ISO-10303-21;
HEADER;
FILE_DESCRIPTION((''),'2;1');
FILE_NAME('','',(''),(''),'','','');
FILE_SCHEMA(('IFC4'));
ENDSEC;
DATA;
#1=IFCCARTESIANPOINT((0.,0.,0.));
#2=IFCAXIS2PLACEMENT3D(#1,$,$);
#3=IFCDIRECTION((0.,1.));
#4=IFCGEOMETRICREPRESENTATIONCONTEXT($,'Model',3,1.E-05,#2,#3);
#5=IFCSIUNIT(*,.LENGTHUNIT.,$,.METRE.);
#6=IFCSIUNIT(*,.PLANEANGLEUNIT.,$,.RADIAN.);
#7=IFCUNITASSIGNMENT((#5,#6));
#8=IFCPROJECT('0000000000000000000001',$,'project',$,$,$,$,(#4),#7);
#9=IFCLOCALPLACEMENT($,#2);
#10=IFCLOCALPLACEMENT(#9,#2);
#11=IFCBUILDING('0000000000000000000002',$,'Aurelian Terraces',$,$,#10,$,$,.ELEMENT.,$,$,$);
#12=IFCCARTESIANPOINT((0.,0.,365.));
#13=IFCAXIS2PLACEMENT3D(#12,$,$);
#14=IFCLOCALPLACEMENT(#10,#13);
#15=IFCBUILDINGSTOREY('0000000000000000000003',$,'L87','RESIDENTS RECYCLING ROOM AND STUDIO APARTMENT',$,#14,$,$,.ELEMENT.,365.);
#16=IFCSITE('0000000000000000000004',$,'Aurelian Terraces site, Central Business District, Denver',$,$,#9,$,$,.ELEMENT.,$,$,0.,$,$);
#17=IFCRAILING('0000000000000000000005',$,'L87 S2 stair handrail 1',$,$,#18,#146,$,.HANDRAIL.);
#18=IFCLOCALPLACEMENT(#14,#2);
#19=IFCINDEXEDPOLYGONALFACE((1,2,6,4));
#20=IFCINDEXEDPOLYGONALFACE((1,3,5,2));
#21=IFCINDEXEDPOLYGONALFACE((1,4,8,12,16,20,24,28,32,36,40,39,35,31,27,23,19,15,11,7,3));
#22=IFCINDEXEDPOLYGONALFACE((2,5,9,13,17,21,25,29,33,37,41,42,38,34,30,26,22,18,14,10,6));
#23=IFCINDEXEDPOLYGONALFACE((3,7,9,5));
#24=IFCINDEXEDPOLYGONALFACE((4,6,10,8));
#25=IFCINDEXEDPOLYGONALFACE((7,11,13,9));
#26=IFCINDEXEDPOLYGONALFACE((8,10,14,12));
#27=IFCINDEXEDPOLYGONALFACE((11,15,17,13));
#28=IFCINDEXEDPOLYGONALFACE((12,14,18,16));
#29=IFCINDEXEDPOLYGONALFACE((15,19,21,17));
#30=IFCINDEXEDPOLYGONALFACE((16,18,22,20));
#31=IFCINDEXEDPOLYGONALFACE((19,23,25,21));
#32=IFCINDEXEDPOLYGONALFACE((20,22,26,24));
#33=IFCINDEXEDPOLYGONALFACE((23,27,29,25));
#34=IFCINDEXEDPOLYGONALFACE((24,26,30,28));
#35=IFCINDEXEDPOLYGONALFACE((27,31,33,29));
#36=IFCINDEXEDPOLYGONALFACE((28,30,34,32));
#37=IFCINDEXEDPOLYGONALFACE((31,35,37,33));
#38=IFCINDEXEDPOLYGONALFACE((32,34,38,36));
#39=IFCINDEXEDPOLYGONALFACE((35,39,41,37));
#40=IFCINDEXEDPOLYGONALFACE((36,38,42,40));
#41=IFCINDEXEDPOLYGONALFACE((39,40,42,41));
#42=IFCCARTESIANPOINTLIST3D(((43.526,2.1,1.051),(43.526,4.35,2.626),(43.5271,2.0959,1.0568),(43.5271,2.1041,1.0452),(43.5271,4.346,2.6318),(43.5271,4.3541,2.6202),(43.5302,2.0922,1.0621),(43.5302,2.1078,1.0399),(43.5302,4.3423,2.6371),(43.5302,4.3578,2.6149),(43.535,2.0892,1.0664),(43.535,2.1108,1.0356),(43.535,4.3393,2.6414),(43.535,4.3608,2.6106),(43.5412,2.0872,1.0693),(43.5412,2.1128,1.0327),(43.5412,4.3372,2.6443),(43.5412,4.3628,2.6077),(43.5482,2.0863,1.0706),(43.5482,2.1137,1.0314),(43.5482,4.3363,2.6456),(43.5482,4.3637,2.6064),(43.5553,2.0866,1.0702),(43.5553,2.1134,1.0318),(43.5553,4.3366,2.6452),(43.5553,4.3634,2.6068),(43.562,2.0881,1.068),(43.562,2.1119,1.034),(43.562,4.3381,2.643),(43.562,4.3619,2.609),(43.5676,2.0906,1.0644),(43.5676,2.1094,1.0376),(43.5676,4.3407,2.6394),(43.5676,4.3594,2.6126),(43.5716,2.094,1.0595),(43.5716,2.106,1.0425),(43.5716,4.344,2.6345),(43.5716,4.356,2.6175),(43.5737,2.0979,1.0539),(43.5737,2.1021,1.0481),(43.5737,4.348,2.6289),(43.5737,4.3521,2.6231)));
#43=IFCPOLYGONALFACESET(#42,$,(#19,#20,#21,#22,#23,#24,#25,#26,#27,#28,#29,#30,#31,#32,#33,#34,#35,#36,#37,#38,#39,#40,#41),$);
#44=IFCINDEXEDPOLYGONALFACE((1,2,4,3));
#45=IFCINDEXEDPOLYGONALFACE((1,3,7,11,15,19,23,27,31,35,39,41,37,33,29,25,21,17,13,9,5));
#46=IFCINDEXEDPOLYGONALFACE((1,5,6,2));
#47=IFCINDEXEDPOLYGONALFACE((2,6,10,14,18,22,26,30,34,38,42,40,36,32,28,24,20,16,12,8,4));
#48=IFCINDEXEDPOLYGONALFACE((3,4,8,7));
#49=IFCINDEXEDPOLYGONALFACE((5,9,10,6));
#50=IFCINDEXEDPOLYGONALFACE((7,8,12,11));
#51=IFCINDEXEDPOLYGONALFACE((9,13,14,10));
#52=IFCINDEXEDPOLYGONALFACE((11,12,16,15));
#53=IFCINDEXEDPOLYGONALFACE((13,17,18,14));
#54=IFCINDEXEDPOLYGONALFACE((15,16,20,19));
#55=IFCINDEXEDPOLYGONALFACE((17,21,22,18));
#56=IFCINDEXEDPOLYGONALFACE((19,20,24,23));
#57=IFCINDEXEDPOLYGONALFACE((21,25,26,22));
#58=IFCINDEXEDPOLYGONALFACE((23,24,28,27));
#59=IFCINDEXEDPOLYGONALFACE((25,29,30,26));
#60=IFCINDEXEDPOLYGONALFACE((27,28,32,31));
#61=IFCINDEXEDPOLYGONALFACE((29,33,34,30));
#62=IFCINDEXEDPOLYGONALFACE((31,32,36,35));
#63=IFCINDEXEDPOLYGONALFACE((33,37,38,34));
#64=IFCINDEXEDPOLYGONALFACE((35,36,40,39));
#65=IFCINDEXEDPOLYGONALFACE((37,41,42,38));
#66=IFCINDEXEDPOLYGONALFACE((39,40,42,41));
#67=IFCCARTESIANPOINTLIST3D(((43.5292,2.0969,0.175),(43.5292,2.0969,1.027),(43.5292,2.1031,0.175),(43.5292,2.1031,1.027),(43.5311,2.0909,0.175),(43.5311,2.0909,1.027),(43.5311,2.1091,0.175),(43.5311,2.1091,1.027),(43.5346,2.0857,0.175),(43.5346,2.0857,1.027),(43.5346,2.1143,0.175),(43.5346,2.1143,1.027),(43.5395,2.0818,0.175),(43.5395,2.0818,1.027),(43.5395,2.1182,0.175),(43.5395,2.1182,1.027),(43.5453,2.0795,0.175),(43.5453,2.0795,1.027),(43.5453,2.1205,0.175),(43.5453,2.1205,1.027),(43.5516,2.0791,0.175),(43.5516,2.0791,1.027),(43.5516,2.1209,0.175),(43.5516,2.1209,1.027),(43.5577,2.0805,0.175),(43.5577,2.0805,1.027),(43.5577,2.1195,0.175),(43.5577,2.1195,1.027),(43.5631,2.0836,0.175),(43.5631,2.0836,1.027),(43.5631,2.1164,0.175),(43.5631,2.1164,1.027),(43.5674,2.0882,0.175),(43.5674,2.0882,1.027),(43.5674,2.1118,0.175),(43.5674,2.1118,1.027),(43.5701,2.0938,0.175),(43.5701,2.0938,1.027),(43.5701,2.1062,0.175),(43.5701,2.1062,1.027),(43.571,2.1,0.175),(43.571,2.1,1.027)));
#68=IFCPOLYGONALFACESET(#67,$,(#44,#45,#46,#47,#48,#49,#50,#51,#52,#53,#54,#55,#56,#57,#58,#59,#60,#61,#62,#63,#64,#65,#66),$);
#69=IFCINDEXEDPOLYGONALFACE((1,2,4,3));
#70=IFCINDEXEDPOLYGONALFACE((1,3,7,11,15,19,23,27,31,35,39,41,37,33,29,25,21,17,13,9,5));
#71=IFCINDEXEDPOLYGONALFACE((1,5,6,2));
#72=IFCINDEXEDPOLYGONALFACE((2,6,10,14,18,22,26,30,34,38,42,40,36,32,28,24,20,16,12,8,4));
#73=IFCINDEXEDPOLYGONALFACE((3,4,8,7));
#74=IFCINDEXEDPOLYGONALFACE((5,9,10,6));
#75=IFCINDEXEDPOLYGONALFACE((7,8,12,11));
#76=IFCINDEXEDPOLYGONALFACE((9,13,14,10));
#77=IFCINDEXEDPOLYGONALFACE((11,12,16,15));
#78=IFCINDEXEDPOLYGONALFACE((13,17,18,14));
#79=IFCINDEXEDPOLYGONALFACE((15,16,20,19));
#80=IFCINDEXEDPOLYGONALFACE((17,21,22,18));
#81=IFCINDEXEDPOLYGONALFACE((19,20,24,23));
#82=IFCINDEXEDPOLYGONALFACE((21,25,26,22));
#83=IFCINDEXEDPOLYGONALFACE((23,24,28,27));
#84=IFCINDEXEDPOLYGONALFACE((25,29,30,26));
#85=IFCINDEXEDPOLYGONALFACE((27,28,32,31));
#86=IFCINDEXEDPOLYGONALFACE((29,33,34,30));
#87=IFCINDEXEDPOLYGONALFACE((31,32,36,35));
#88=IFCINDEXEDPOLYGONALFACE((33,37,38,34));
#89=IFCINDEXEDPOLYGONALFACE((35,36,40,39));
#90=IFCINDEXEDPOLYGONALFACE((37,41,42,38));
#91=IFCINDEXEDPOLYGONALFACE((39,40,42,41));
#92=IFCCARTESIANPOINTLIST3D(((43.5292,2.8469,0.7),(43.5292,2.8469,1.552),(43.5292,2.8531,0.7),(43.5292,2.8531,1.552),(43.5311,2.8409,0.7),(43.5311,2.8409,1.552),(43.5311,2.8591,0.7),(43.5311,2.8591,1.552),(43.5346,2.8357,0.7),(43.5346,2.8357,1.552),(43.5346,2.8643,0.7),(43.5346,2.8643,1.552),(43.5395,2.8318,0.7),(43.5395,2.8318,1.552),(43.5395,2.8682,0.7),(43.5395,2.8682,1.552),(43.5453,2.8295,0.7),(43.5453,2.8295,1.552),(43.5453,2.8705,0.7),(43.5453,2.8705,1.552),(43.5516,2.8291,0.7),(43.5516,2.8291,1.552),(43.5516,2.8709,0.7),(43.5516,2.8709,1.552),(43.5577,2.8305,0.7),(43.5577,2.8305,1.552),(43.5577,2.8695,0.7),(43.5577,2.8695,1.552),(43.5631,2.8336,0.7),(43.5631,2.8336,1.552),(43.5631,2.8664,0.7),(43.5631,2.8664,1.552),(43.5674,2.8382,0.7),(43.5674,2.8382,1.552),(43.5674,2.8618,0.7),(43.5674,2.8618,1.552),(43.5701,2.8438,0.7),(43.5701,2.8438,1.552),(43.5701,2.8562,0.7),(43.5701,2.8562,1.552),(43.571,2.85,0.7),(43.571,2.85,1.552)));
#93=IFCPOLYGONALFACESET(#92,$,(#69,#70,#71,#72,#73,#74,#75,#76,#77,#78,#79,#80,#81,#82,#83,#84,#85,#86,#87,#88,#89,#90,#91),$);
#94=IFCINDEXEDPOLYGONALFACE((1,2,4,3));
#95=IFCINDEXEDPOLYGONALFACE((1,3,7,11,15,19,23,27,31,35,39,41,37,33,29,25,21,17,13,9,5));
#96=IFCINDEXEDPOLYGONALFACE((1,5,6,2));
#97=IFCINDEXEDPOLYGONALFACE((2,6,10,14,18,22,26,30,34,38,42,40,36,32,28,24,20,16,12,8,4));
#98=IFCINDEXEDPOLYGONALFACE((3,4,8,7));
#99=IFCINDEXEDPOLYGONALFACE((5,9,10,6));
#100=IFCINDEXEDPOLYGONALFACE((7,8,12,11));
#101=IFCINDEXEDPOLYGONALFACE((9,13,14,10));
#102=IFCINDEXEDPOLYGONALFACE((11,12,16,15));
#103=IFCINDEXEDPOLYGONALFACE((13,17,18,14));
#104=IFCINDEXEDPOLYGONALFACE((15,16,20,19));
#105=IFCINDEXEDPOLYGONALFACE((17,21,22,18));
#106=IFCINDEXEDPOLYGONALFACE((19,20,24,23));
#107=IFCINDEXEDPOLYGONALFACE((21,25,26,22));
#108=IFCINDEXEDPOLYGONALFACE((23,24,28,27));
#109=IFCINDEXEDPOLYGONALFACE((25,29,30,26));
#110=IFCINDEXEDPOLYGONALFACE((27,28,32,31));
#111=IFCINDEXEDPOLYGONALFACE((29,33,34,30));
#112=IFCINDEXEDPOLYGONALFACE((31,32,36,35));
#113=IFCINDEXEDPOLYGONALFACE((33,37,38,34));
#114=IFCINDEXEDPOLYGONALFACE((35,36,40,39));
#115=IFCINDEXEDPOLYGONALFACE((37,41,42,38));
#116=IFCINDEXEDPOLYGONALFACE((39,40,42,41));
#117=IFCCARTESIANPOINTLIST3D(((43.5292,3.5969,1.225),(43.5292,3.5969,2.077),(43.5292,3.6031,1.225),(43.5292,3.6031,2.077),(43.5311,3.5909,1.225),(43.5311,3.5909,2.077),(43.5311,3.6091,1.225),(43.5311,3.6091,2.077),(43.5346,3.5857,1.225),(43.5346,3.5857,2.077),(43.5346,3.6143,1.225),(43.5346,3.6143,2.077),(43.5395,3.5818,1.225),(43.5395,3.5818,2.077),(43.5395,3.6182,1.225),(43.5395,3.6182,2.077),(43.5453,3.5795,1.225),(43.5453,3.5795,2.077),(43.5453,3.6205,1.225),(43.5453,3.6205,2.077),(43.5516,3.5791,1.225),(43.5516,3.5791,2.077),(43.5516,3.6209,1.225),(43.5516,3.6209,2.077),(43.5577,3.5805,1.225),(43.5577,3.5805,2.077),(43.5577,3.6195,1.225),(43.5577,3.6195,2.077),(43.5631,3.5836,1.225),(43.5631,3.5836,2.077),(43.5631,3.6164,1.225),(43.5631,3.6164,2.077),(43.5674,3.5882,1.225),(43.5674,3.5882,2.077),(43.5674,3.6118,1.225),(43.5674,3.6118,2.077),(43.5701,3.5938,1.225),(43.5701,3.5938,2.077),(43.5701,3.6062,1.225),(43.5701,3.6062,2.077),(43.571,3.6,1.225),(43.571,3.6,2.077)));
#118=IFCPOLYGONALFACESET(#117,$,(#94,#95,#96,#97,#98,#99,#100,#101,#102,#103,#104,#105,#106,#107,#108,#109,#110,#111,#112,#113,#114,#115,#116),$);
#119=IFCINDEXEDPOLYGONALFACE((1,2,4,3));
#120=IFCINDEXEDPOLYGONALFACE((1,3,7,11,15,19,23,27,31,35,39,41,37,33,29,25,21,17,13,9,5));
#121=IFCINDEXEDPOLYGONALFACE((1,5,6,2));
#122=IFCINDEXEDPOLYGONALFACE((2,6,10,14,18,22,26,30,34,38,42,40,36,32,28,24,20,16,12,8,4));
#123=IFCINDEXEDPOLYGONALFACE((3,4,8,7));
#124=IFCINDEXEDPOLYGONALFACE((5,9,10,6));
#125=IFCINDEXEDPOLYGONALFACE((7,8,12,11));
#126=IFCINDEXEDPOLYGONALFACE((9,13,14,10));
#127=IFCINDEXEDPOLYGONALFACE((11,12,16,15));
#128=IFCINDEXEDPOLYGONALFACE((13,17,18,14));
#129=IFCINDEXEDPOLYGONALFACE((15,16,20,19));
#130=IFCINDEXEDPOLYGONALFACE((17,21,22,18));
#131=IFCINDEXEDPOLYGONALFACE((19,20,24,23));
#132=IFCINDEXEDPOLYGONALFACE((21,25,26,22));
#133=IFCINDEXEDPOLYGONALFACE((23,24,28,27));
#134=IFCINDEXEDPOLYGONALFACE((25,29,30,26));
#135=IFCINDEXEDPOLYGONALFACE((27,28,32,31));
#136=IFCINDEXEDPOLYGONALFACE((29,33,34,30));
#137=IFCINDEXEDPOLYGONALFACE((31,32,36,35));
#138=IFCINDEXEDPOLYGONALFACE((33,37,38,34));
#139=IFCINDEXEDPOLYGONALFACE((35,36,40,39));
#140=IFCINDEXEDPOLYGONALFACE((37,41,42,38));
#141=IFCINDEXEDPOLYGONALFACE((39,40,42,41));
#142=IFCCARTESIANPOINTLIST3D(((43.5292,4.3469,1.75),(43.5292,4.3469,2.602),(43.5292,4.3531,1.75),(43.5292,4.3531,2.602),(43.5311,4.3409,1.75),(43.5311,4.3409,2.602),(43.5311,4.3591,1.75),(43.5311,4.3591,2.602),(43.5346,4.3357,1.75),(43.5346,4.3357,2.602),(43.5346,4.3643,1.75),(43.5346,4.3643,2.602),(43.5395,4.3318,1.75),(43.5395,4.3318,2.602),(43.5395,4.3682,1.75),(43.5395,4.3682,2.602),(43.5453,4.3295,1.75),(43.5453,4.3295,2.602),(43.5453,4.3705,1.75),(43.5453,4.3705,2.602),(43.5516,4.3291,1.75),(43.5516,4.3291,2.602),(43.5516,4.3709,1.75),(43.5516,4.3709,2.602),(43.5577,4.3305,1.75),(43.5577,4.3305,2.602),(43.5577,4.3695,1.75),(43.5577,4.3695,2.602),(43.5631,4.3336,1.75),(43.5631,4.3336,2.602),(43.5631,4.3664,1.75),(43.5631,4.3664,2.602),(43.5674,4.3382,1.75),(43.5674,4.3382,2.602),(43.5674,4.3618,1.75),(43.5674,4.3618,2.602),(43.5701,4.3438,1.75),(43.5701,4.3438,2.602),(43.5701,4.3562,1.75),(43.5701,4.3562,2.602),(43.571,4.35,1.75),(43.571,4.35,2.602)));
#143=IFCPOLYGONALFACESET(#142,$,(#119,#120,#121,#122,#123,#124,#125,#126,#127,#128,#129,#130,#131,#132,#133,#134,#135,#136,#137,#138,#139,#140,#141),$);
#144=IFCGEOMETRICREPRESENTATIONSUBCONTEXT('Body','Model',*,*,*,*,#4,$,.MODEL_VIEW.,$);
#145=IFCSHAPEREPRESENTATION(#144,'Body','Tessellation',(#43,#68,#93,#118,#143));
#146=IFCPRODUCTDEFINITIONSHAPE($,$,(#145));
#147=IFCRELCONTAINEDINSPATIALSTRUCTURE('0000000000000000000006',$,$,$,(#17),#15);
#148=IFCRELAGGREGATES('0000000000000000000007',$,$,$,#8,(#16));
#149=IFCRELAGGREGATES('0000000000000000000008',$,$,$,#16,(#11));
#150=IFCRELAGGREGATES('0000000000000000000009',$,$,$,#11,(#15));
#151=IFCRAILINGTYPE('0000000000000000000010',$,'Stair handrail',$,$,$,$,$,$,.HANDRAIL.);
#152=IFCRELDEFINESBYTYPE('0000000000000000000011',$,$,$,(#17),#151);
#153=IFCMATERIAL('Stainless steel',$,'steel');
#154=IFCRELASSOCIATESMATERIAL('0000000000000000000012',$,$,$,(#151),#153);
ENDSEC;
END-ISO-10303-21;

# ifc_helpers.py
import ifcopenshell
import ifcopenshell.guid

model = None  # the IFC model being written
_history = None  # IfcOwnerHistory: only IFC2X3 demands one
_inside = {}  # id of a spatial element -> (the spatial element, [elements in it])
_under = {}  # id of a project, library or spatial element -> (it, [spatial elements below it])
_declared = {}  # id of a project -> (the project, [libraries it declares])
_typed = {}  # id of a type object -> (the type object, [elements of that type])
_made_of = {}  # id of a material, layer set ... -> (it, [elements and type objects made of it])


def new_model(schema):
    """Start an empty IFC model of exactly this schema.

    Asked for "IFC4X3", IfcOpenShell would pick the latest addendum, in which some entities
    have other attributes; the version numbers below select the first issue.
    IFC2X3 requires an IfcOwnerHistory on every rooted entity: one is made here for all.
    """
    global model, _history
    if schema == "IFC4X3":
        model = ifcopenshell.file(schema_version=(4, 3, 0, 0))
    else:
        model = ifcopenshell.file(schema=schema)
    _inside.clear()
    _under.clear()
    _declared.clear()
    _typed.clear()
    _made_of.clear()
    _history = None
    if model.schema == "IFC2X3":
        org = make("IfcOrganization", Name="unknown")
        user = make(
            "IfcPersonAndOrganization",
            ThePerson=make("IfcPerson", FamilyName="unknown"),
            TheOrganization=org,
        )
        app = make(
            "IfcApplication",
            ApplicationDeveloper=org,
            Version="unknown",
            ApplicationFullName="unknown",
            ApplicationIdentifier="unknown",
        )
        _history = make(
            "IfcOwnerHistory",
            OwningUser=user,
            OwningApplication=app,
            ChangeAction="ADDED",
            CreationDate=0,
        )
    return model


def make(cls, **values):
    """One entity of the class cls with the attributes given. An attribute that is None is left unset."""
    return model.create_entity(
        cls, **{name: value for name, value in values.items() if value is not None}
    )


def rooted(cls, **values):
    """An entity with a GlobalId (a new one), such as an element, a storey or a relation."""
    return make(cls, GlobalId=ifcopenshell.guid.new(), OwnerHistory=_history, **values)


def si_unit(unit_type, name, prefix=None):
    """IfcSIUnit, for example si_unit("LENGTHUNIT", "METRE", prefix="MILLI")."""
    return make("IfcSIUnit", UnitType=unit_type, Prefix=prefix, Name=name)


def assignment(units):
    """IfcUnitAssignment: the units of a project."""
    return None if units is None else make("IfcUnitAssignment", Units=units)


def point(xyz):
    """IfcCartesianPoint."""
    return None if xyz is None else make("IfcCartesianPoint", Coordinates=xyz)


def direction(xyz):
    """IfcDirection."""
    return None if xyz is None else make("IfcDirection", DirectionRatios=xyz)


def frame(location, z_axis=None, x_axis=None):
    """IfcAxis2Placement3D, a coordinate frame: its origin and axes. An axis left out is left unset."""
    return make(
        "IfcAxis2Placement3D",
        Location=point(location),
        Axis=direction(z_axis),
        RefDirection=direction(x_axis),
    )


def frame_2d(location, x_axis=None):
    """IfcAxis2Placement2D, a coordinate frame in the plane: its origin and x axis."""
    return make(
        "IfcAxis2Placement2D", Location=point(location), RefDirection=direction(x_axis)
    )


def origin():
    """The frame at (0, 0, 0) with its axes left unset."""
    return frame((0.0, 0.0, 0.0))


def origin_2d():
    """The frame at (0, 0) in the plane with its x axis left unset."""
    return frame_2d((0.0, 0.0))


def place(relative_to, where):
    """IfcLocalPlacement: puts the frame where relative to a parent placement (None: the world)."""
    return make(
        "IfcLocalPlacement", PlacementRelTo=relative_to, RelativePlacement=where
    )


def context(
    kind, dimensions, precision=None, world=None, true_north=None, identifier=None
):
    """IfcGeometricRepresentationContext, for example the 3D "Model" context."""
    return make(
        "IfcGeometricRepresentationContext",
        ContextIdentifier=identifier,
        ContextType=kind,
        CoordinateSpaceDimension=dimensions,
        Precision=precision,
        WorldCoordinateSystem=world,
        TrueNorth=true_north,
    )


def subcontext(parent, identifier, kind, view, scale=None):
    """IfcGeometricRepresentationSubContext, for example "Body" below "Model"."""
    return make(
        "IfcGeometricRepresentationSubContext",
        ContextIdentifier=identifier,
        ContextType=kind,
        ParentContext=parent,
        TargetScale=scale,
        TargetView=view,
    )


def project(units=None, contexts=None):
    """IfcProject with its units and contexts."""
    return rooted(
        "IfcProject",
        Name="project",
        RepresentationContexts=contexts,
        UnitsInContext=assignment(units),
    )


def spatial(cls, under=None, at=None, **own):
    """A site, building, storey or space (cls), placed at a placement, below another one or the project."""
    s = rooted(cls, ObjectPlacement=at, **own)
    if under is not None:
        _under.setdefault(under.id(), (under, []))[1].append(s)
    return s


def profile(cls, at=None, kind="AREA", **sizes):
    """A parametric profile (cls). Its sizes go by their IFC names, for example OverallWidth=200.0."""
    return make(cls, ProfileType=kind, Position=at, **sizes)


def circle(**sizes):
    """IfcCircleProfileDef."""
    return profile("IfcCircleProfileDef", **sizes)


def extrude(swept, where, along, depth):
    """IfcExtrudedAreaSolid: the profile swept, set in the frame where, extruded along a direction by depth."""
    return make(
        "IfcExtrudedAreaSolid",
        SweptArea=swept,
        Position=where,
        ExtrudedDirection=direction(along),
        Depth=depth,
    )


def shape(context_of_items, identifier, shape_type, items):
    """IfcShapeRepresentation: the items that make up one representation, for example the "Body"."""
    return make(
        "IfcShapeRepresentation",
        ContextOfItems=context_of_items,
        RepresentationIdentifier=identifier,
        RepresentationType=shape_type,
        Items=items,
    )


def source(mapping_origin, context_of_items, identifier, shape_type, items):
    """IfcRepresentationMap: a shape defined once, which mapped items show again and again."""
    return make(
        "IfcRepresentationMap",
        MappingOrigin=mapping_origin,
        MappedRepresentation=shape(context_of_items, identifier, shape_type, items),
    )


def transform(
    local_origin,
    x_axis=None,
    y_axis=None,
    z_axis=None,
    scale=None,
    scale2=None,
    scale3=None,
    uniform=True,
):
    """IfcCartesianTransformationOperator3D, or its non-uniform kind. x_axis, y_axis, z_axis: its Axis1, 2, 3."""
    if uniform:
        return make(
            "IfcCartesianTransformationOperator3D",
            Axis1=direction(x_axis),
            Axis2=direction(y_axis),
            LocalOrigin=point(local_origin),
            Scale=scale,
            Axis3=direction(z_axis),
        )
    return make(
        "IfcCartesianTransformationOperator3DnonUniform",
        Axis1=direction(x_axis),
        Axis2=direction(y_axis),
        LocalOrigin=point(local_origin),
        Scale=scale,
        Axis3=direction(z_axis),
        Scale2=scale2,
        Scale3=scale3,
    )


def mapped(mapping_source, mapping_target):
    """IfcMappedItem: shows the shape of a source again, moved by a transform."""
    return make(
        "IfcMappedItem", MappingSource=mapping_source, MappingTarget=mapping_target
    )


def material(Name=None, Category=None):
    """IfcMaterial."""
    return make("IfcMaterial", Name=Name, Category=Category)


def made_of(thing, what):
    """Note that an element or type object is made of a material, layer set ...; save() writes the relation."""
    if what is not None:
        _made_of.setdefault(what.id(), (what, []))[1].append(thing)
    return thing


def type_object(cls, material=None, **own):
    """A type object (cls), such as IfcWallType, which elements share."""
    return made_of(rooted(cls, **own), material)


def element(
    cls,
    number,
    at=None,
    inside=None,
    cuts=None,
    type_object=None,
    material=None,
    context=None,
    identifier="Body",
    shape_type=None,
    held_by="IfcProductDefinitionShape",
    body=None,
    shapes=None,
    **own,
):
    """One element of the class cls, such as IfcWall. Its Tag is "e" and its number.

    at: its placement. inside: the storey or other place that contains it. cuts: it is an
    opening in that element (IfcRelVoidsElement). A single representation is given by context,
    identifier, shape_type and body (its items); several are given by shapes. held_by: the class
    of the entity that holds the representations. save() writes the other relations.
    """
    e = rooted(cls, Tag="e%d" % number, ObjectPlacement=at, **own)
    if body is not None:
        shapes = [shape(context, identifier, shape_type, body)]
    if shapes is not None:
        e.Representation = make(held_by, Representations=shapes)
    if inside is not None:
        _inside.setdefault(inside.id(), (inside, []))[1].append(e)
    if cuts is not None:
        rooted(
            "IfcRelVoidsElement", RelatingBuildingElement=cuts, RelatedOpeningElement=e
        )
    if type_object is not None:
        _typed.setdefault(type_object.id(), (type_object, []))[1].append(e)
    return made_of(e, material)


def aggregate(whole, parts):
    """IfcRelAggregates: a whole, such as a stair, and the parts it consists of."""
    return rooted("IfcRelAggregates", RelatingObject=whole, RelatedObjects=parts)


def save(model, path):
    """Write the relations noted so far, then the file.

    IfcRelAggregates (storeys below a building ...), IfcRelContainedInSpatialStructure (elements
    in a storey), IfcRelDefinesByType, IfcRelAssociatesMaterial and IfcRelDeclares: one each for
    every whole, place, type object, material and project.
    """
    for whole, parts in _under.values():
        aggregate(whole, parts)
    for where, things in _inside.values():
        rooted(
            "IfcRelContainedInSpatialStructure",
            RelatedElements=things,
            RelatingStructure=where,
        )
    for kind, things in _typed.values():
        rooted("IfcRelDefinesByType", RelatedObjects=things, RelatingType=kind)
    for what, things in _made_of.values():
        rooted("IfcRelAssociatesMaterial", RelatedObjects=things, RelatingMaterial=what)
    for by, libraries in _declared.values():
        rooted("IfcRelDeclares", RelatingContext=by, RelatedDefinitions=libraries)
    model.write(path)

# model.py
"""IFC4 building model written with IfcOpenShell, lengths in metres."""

from ifc_helpers import new_model, si_unit, direction, frame, origin, origin_2d, place, context, subcontext, project, spatial, circle, extrude, source, transform, mapped, material, type_object, element, save


model = new_model("IFC4")

# Units and contexts
model_context = context("Model", 3, precision=1e-05, world=origin(), true_north=direction((0.0, 1.0)))
body_context = subcontext(model_context, "Body", "Model", "MODEL_VIEW")
ifc_project = project(units=[si_unit("LENGTHUNIT", "METRE"), si_unit("PLANEANGLEUNIT", "RADIAN")], contexts=[model_context])

# Site, building, storey
site_placement = place(None, origin())
site = spatial("IfcSite", under=ifc_project, at=site_placement, Name="Aurelian Terraces site, Central Business District, Denver", CompositionType="ELEMENT", RefElevation=0.0)
building_placement = place(site_placement, origin())
building = spatial("IfcBuilding", under=site, at=building_placement, Name="Aurelian Terraces", CompositionType="ELEMENT")
storey_placement = place(building_placement, frame((0.0, 0.0, 365.0)))
storey = spatial("IfcBuildingStorey", under=building, at=storey_placement, Name="L87", Description="RESIDENTS RECYCLING ROOM AND STUDIO APARTMENT", CompositionType="ELEMENT", Elevation=365.0)

# Railing
ifc_material_1 = material(Name="Stainless steel", Category="steel")
railing_type_1 = type_object("IfcRailingType", Name="Stair handrail", PredefinedType="HANDRAIL", material=ifc_material_1)
shared_shape_1 = source(origin(), body_context, "Body", "SweptSolid", [
    extrude(circle(Radius=0.024, at=origin_2d()), frame((0.0, 0.0, 0.876), z_axis=(0.0, 0.819232, 0.573462), x_axis=(-1.0, 0.0, 0.0)), (0.0, 0.0, 1.0), 2.7465),
    extrude(circle(Radius=0.021, at=origin_2d()), origin(), (0.0, 0.0, 1.0), 0.852),
    extrude(circle(Radius=0.021, at=origin_2d()), frame((0.0, 0.75, 0.525)), (0.0, 0.0, 1.0), 0.852),
    extrude(circle(Radius=0.021, at=origin_2d()), frame((0.0, 1.5, 1.05)), (0.0, 0.0, 1.0), 0.852),
    extrude(circle(Radius=0.021, at=origin_2d()), frame((0.0, 2.25, 1.575)), (0.0, 0.0, 1.0), 0.852),
])
railing_1_placement = place(storey_placement, frame((43.55, 2.1, 0.175)))
element("IfcRailing", 1, at=railing_1_placement, inside=storey, type_object=railing_type_1, Name="L87 S2 stair handrail 1", PredefinedType="HANDRAIL", context=body_context, shape_type="MappedRepresentation", body=[
    mapped(shared_shape_1, transform((0.0, 0.0, 0.0), scale=1.0)),
])

save(model, "model.ifc")
